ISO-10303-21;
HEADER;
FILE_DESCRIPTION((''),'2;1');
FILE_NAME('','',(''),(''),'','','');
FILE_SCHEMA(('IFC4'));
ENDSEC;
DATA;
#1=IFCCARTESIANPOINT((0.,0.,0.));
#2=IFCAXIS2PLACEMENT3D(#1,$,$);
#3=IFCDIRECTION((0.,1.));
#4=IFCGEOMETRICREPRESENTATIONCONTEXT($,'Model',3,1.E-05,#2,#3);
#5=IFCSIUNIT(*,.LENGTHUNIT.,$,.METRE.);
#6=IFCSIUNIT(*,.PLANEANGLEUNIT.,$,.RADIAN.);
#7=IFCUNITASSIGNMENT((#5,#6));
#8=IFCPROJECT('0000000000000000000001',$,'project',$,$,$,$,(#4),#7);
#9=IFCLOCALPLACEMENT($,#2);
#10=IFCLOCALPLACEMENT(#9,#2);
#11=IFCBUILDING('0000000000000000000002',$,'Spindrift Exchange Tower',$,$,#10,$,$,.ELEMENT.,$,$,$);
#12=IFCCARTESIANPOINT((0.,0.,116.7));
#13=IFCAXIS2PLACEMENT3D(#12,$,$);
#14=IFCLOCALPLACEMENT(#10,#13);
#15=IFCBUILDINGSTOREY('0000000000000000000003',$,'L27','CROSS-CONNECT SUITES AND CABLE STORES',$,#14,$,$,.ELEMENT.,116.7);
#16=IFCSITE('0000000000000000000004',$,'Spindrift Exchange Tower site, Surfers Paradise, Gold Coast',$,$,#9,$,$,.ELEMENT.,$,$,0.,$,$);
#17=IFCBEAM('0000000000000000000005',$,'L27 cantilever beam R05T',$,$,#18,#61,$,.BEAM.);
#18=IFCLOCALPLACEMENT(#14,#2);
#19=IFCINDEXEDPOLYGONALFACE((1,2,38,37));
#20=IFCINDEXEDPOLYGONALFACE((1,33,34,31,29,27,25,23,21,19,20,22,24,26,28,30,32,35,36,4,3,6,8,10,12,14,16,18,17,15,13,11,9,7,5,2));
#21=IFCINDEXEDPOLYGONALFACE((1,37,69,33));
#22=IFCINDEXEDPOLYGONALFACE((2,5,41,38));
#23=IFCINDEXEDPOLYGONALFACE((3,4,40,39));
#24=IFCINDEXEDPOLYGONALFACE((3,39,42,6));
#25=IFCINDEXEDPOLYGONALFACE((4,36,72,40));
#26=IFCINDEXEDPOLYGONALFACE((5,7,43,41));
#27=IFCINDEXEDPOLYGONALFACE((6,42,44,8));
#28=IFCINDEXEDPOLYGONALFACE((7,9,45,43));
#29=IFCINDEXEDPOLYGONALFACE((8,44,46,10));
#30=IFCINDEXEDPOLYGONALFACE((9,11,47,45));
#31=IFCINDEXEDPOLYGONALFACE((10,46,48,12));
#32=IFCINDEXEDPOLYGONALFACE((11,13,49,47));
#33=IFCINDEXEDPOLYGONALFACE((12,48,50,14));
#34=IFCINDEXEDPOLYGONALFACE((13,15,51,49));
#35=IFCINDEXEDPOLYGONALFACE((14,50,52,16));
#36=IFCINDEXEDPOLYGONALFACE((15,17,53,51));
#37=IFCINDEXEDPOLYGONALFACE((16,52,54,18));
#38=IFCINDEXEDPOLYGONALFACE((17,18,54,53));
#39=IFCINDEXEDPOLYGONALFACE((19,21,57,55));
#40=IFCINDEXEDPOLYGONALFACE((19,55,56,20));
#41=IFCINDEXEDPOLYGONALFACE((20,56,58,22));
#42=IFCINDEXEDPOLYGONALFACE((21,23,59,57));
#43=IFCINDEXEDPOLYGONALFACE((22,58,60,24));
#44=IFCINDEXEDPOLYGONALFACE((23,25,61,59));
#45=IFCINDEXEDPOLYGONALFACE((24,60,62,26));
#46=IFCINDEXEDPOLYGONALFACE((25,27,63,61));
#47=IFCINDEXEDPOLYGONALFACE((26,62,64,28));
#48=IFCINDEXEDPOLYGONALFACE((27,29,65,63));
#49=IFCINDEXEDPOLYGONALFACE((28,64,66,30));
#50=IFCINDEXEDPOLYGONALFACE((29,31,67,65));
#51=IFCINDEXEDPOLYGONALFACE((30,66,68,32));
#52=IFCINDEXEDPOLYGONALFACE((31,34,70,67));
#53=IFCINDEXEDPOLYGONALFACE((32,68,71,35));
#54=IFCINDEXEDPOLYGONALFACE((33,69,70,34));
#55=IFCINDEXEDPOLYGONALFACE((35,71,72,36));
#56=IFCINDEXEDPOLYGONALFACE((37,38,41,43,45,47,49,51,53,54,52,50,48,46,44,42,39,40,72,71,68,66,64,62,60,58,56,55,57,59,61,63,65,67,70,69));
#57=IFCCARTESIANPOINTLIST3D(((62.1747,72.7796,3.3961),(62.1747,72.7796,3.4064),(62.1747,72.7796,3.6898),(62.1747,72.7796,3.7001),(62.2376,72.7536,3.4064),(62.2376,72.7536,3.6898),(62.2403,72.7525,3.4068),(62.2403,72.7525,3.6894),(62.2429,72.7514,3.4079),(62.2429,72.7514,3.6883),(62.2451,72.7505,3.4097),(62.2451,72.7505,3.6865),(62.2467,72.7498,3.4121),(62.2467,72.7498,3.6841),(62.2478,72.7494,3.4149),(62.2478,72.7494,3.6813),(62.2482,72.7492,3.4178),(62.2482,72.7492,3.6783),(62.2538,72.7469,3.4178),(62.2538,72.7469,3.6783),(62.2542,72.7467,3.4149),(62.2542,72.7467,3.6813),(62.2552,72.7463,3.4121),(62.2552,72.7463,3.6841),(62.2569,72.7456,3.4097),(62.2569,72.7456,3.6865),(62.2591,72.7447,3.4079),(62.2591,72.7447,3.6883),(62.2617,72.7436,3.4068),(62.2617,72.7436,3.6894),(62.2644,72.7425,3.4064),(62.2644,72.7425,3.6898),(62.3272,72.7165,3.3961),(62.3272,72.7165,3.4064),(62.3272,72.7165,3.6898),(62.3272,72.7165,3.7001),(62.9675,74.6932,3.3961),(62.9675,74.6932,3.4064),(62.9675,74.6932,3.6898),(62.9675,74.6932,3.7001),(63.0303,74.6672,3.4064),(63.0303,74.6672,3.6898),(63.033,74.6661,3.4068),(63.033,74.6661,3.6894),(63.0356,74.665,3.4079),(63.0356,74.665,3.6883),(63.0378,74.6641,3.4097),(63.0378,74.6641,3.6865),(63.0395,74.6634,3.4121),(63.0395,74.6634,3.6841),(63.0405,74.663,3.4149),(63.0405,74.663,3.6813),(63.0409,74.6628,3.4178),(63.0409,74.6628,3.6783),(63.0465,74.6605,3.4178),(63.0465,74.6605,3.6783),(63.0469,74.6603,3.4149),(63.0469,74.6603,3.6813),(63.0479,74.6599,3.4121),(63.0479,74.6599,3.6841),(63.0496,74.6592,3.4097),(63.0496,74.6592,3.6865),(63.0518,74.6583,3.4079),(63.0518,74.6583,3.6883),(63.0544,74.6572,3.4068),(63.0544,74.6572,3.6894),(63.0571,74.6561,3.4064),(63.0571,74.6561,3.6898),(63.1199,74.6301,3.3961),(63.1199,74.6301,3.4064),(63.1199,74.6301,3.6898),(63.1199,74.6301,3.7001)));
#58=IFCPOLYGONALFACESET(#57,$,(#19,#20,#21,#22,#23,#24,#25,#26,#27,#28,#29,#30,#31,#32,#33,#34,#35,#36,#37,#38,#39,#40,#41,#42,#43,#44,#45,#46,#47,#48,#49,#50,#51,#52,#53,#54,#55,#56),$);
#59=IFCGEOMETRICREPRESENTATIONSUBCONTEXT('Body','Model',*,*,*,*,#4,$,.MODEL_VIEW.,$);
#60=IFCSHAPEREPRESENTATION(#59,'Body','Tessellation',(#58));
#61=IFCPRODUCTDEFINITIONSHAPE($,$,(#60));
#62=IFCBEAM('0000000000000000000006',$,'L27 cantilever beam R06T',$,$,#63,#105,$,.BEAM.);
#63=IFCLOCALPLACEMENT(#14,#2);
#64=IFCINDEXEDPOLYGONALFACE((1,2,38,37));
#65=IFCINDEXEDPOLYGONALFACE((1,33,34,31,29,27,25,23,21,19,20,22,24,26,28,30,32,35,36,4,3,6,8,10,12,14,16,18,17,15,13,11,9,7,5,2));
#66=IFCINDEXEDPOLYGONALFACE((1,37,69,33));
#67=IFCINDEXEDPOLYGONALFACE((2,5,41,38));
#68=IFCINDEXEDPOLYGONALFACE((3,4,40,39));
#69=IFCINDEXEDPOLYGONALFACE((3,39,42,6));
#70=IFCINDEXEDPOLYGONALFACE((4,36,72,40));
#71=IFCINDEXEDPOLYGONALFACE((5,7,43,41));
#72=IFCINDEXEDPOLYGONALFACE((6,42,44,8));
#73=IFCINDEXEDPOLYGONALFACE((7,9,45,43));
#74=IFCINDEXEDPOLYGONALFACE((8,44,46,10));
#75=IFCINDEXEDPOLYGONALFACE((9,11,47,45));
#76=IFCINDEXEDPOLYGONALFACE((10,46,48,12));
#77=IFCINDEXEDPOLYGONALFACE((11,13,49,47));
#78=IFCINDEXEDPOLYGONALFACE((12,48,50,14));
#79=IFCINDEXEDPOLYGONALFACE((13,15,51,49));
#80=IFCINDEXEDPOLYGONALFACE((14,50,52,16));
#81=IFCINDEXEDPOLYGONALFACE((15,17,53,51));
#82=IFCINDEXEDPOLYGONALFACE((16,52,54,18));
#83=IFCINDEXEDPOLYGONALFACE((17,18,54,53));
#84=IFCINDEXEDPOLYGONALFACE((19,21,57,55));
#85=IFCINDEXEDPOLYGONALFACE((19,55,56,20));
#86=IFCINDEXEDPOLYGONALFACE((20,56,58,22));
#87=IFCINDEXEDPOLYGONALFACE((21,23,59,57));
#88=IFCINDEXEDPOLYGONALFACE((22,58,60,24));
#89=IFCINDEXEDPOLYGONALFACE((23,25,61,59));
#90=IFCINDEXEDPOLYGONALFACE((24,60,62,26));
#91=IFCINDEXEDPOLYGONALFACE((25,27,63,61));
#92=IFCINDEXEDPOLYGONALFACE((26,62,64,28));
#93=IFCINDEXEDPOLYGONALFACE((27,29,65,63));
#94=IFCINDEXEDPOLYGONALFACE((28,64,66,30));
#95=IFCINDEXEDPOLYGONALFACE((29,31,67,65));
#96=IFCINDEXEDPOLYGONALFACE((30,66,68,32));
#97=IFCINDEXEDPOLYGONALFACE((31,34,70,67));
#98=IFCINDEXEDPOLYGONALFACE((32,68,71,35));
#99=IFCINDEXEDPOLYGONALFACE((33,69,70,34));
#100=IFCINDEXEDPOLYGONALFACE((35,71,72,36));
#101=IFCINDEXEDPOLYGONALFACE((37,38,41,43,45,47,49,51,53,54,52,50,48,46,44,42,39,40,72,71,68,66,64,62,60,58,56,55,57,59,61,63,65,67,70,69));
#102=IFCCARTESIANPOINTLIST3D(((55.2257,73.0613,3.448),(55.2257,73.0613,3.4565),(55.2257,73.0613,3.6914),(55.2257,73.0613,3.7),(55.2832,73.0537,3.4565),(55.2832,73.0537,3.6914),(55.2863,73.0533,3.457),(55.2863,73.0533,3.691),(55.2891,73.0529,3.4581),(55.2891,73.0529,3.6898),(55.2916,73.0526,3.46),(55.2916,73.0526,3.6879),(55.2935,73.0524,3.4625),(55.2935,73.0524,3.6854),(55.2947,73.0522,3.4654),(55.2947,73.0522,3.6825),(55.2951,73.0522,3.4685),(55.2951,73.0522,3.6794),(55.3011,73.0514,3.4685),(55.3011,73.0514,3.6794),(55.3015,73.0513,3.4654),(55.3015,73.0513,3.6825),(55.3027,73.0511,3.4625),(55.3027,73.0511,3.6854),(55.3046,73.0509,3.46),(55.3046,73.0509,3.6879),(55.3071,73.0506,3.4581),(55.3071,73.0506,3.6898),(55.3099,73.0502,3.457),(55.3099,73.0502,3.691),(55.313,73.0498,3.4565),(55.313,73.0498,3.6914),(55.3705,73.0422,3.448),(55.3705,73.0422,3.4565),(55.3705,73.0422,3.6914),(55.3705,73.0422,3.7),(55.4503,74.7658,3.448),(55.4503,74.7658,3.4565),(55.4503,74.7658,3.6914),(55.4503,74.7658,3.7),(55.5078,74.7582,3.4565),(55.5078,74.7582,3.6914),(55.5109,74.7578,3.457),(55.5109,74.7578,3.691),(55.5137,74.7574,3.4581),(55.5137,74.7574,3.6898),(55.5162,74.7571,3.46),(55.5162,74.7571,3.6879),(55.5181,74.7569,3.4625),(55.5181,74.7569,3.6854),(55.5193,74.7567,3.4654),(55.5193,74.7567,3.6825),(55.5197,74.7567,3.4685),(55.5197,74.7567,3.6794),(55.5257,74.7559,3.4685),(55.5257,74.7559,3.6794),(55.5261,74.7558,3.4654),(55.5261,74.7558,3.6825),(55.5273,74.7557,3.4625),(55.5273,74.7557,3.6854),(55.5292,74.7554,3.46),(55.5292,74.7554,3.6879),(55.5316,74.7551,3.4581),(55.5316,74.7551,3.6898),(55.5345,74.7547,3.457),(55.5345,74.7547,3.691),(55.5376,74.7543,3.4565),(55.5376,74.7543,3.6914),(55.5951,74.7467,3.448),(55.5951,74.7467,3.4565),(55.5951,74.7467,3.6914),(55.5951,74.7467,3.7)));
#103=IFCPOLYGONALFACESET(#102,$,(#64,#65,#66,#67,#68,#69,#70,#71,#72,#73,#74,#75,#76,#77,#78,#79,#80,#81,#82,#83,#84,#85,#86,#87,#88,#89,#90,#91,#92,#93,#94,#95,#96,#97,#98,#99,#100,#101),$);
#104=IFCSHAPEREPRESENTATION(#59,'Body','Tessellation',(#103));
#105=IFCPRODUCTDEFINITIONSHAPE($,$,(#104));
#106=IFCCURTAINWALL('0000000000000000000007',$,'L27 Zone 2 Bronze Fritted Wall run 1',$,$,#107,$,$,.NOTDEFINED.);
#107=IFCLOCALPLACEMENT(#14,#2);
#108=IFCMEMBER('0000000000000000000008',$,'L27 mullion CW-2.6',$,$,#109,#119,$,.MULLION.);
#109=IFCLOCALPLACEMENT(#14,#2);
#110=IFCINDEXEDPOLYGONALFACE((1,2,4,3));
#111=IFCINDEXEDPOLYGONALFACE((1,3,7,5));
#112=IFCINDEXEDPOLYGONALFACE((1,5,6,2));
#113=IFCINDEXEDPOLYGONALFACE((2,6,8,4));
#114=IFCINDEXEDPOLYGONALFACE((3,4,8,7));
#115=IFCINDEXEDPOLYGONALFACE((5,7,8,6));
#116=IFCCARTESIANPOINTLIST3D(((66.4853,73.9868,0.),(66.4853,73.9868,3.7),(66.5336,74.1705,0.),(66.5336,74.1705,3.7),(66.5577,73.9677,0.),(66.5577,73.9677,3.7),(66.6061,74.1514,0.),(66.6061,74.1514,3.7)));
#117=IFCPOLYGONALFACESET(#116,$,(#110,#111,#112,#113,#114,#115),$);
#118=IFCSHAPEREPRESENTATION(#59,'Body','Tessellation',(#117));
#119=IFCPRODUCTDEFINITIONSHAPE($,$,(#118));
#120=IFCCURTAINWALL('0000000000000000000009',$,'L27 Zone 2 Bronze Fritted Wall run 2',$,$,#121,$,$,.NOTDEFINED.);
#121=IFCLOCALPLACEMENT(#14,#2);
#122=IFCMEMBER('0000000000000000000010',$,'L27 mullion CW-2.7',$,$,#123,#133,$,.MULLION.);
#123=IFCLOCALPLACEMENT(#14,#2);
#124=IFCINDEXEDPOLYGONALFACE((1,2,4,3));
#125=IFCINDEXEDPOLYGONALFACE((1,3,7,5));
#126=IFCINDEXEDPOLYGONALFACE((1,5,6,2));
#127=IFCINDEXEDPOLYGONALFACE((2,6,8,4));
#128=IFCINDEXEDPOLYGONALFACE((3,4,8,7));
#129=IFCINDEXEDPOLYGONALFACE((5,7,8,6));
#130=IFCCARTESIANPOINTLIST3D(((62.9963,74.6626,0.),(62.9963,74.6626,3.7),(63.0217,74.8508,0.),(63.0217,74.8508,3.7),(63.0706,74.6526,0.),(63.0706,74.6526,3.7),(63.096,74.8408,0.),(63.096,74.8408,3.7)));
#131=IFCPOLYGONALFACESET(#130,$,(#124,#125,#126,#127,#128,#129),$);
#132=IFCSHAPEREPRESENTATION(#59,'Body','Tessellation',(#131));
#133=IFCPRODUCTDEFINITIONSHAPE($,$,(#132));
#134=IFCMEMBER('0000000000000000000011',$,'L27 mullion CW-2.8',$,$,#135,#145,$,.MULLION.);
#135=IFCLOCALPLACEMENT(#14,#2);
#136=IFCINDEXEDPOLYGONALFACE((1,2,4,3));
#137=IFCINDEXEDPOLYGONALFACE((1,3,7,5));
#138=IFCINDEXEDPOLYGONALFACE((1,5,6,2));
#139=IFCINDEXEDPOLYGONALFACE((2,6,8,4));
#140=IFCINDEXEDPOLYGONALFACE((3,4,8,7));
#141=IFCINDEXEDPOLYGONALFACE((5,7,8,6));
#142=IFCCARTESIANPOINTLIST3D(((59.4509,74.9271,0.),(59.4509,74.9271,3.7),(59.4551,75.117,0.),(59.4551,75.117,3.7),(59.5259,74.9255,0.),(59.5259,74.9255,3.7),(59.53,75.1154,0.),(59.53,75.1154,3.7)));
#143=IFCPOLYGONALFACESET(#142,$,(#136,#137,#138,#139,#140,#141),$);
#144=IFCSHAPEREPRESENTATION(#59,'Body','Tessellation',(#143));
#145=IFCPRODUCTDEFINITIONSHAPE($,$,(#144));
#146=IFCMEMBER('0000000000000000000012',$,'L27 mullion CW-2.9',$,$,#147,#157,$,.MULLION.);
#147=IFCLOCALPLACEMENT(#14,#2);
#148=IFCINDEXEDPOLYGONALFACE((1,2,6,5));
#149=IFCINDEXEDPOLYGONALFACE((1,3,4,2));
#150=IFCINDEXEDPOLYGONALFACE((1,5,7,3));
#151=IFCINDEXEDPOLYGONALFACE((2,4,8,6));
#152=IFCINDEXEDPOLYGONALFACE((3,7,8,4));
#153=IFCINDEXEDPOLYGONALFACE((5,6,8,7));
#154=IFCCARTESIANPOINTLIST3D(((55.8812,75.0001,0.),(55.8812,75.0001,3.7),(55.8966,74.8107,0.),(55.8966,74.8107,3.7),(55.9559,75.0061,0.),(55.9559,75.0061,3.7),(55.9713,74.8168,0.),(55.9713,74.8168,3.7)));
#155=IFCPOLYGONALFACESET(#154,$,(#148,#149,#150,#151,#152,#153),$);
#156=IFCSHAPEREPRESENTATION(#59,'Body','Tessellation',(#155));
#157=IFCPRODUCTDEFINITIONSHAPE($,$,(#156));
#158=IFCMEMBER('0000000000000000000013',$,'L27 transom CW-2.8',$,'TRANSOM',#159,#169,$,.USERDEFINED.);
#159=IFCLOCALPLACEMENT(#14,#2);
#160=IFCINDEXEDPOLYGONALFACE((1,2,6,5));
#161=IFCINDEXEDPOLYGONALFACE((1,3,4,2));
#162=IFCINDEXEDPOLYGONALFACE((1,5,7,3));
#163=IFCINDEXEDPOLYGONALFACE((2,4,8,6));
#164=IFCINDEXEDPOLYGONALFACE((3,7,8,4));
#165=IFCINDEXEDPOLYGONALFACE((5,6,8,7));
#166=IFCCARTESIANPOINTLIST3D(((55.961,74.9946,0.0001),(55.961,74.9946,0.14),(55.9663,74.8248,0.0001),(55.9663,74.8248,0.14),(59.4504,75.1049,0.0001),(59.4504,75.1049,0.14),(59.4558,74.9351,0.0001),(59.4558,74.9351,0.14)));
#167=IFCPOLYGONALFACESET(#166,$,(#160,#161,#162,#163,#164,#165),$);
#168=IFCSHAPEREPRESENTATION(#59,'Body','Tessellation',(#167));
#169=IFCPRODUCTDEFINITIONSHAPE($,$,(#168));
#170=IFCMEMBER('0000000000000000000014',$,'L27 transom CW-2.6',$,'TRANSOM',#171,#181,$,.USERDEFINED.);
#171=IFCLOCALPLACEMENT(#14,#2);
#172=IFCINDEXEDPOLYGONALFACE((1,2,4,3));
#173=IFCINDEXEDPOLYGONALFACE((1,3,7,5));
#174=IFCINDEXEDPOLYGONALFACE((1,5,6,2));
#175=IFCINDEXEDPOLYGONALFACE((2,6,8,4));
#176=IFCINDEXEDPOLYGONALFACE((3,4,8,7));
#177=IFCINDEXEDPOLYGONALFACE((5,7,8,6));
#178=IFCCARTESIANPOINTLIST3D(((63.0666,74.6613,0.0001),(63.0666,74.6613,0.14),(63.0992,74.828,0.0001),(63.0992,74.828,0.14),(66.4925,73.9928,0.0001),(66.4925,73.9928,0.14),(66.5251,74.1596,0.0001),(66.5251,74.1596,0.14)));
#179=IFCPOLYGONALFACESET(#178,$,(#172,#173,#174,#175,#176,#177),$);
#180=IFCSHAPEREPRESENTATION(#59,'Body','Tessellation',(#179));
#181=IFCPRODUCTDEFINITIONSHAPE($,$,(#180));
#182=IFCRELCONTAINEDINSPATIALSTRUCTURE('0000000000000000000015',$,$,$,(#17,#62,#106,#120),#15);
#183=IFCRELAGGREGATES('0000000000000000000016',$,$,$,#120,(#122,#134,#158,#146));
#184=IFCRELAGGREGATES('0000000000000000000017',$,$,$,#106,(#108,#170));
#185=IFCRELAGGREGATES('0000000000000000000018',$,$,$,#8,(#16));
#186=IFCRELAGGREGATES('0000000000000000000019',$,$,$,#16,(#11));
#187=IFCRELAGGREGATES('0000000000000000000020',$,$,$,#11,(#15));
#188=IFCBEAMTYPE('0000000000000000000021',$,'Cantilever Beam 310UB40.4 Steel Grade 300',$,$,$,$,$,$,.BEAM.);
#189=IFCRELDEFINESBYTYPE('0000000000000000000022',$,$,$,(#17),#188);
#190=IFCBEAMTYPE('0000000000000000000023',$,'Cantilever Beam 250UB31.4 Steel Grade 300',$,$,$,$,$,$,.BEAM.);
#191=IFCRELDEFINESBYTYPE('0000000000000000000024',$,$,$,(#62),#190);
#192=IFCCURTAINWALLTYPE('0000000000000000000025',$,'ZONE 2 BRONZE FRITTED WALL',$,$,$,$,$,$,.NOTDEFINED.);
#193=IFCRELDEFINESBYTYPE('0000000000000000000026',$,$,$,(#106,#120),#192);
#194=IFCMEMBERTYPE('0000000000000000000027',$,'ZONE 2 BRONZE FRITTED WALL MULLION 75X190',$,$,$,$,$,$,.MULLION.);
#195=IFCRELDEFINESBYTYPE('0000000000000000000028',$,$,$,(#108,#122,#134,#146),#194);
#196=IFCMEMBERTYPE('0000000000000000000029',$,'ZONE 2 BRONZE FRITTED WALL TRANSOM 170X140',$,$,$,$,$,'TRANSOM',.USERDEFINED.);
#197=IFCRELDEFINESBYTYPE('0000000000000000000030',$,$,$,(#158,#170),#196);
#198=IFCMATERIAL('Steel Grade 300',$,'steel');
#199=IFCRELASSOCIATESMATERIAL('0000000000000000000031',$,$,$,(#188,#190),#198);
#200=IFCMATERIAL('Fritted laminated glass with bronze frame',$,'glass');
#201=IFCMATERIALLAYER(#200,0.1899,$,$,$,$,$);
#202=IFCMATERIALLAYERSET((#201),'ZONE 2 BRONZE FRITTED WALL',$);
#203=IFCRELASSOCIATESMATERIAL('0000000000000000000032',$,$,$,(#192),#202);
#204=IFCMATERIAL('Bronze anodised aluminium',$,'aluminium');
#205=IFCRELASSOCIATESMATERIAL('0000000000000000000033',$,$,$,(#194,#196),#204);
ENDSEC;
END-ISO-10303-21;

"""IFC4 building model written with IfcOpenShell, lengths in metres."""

from ifc_helpers import new_model, si_unit, direction, frame, origin, origin_2d, place, context, subcontext, project, spatial, rectangle, i_section, extrude, source, transform, mapped, material, layer, layer_set, material_profile, profile_set, type_object, element, aggregate, save


model = new_model("IFC4")

# Units and contexts
model_context = context("Model", 3, precision=1e-05, world=origin(), true_north=direction((0.0, 1.0)))
body_context = subcontext(model_context, "Body", "Model", "MODEL_VIEW")
ifc_project = project(units=[si_unit("LENGTHUNIT", "METRE"), si_unit("PLANEANGLEUNIT", "RADIAN")], contexts=[model_context])

# Site, building, storey
site_placement = place(None, origin())
site = spatial("IfcSite", under=ifc_project, at=site_placement, Name="Spindrift Exchange Tower site, Surfers Paradise, Gold Coast", CompositionType="ELEMENT", RefElevation=0.0)
building_placement = place(site_placement, origin())
building = spatial("IfcBuilding", under=site, at=building_placement, Name="Spindrift Exchange Tower", CompositionType="ELEMENT")
storey_placement = place(building_placement, frame((0.0, 0.0, 116.7)))
storey = spatial("IfcBuildingStorey", under=building, at=storey_placement, Name="L27", Description="CROSS-CONNECT SUITES AND CABLE STORES", CompositionType="ELEMENT", Elevation=116.7)

# Beams
ifc_material_1 = material(Name="Steel Grade 300", Category="steel")
ifc_material_profile_1 = material_profile(ifc_material_1, i_section(OverallWidth=0.165, OverallDepth=0.304, WebThickness=0.0061, FlangeThickness=0.0103, FilletRadius=0.0115, at=origin_2d()), Name="310UB40.4")
ifc_profile_set_1 = profile_set([ifc_material_profile_1], Name="Steel Grade 300")
beam_type_1 = type_object("IfcBeamType", Name="Cantilever Beam 310UB40.4 Steel Grade 300", PredefinedType="BEAM", material=ifc_profile_set_1)
shared_shape_1 = source(origin(), body_context, "Body", "SweptSolid", [
    extrude(i_section(OverallWidth=0.165, OverallDepth=0.304, WebThickness=0.0061, FlangeThickness=0.0103, FilletRadius=0.0115, at=origin_2d()), origin(), (0.0, 0.0, 1.0), 2.0713),
])
beam_1_placement = place(storey_placement, frame((62.251, 72.748, 3.5481), z_axis=(0.382723, 0.923863, 0.0), x_axis=(-0.923863, 0.382723, 0.0)))
element("IfcBeam", 1, at=beam_1_placement, inside=storey, type_object=beam_type_1, Name="L27 cantilever beam R05T", PredefinedType="BEAM", context=body_context, shape_type="MappedRepresentation", body=[
    mapped(shared_shape_1, transform((0.0, 0.0, 0.0), scale=1.0)),
])
ifc_material_profile_2 = material_profile(ifc_material_1, i_section(OverallWidth=0.146, OverallDepth=0.252, WebThickness=0.0061, FlangeThickness=0.0085, FilletRadius=0.012, at=origin_2d()), Name="250UB31.4")
ifc_profile_set_2 = profile_set([ifc_material_profile_2], Name="Steel Grade 300")
beam_type_2 = type_object("IfcBeamType", Name="Cantilever Beam 250UB31.4 Steel Grade 300", PredefinedType="BEAM", material=ifc_profile_set_2)
shared_shape_2 = source(origin(), body_context, "Body", "SweptSolid", [
    extrude(i_section(OverallWidth=0.146, OverallDepth=0.252, WebThickness=0.0061, FlangeThickness=0.0085, FilletRadius=0.012, at=origin_2d()), origin(), (0.0, 0.0, 1.0), 1.7192),
])
beam_2_placement = place(storey_placement, frame((55.2981, 73.0518, 3.574), z_axis=(0.130638, 0.99143, 0.0), x_axis=(-0.99143, 0.130638, 0.0)))
element("IfcBeam", 2, at=beam_2_placement, inside=storey, type_object=beam_type_2, Name="L27 cantilever beam R06T", PredefinedType="BEAM", context=body_context, shape_type="MappedRepresentation", body=[
    mapped(shared_shape_2, transform((0.0, 0.0, 0.0), scale=1.0)),
])

# Curtain wall, member
ifc_material_2 = material(Name="Fritted laminated glass with bronze frame", Category="glass")
ifc_layer_1 = layer(ifc_material_2, 0.1899)
ifc_layer_set_1 = layer_set([ifc_layer_1], Name="ZONE 2 BRONZE FRITTED WALL")
curtain_wall_type = type_object("IfcCurtainWallType", Name="ZONE 2 BRONZE FRITTED WALL", PredefinedType="NOTDEFINED", material=ifc_layer_set_1)
curtain_wall_1_placement = place(storey_placement, origin())
curtain_wall_1 = element("IfcCurtainWall", 3, at=curtain_wall_1_placement, inside=storey, type_object=curtain_wall_type, Name="L27 Zone 2 Bronze Fritted Wall run 1", PredefinedType="NOTDEFINED")
ifc_material_3 = material(Name="Bronze anodised aluminium", Category="aluminium")
ifc_material_profile_3 = material_profile(ifc_material_3, rectangle(XDim=0.075, YDim=0.1899, at=origin_2d()), Name="ZONE 2 BRONZE FRITTED WALL MULLION 75X190")
ifc_profile_set_3 = profile_set([ifc_material_profile_3], Name="Bronze anodised aluminium")
member_type_1 = type_object("IfcMemberType", Name="ZONE 2 BRONZE FRITTED WALL MULLION 75X190", PredefinedType="MULLION", material=ifc_profile_set_3)
shared_shape_3 = source(origin(), body_context, "Body", "SweptSolid", [
    extrude(rectangle(XDim=0.075, YDim=0.1899, at=origin_2d()), origin(), (0.0, 0.0, 1.0), 3.7),
])
member_1_placement = place(storey_placement, frame((66.5457, 74.0691, 0.0), z_axis=(0.0, 0.0, 1.0), x_axis=(-0.967107, 0.254369, 0.0)))
member_1 = element("IfcMember", 4, at=member_1_placement, type_object=member_type_1, Name="L27 mullion CW-2.6", PredefinedType="MULLION", context=body_context, shape_type="MappedRepresentation", body=[
    mapped(shared_shape_3, transform((0.0, 0.0, 0.0), scale=1.0)),
])

# Curtain wall, members
curtain_wall_2_placement = place(storey_placement, origin())
curtain_wall_2 = element("IfcCurtainWall", 5, at=curtain_wall_2_placement, inside=storey, type_object=curtain_wall_type, Name="L27 Zone 2 Bronze Fritted Wall run 2", PredefinedType="NOTDEFINED")
member_2_placement = place(storey_placement, frame((63.0461, 74.7517, 0.0), z_axis=(0.0, 0.0, 1.0), x_axis=(-0.991014, 0.133755, 0.0)))
member_2 = element("IfcMember", 6, at=member_2_placement, type_object=member_type_1, Name="L27 mullion CW-2.7", PredefinedType="MULLION", context=body_context, shape_type="MappedRepresentation", body=[
    mapped(shared_shape_3, transform((0.0, 0.0, 0.0), scale=1.0)),
])
member_3_placement = place(storey_placement, frame((59.4905, 75.0212, 0.0), z_axis=(0.0, 0.0, 1.0), x_axis=(-0.999758, 0.021991, 0.0)))
member_3 = element("IfcMember", 7, at=member_3_placement, type_object=member_type_1, Name="L27 mullion CW-2.8", PredefinedType="MULLION", context=body_context, shape_type="MappedRepresentation", body=[
    mapped(shared_shape_3, transform((0.0, 0.0, 0.0), scale=1.0)),
])
member_4_placement = place(storey_placement, frame((55.9263, 74.9084, 0.0), z_axis=(0.0, 0.0, 1.0), x_axis=(-0.996692, -0.081276, 0.0)))
member_4 = element("IfcMember", 8, at=member_4_placement, type_object=member_type_1, Name="L27 mullion CW-2.9", PredefinedType="MULLION", context=body_context, shape_type="MappedRepresentation", body=[
    mapped(shared_shape_3, transform((0.0, 0.0, 0.0), scale=1.0)),
])
ifc_material_profile_4 = material_profile(ifc_material_3, rectangle(XDim=0.1699, YDim=0.1399, at=origin_2d()), Name="ZONE 2 BRONZE FRITTED WALL TRANSOM 170X140")
ifc_profile_set_4 = profile_set([ifc_material_profile_4], Name="Bronze anodised aluminium")
member_type_2 = type_object("IfcMemberType", Name="ZONE 2 BRONZE FRITTED WALL TRANSOM 170X140", ElementType="TRANSOM", PredefinedType="USERDEFINED", material=ifc_profile_set_4)
shared_shape_4 = source(origin(), body_context, "Body", "SweptSolid", [
    extrude(rectangle(XDim=0.1699, YDim=0.1399, at=origin_2d()), origin(), (0.0, 0.0, 1.0), 3.4912),
])
member_5_placement = place(storey_placement, frame((59.4531, 75.02, 0.0701), z_axis=(-0.9995, -0.031608, 0.0), x_axis=(0.031608, -0.9995, 0.0)))
member_5 = element("IfcMember", 9, at=member_5_placement, type_object=member_type_2, Name="L27 transom CW-2.8", ObjectType="TRANSOM", PredefinedType="USERDEFINED", context=body_context, shape_type="MappedRepresentation", body=[
    mapped(shared_shape_4, transform((0.0, 0.0, 0.0), scale=1.0)),
])

# Member
shared_shape_5 = source(origin(), body_context, "Body", "SweptSolid", [
    extrude(rectangle(XDim=0.1699, YDim=0.1399, at=origin_2d()), origin(), (0.0, 0.0, 1.0), 3.4905),
])
member_6_placement = place(storey_placement, frame((66.5088, 74.0762, 0.0701), z_axis=(-0.98149, 0.191514, 0.0), x_axis=(-0.191514, -0.98149, 0.0)))
member_6 = element("IfcMember", 10, at=member_6_placement, type_object=member_type_2, Name="L27 transom CW-2.6", ObjectType="TRANSOM", PredefinedType="USERDEFINED", context=body_context, shape_type="MappedRepresentation", body=[
    mapped(shared_shape_5, transform((0.0, 0.0, 0.0), scale=1.0)),
])

aggregate(curtain_wall_2, [member_2, member_3, member_5, member_4])
aggregate(curtain_wall_1, [member_1, member_6])

save(model, "model.ifc")
